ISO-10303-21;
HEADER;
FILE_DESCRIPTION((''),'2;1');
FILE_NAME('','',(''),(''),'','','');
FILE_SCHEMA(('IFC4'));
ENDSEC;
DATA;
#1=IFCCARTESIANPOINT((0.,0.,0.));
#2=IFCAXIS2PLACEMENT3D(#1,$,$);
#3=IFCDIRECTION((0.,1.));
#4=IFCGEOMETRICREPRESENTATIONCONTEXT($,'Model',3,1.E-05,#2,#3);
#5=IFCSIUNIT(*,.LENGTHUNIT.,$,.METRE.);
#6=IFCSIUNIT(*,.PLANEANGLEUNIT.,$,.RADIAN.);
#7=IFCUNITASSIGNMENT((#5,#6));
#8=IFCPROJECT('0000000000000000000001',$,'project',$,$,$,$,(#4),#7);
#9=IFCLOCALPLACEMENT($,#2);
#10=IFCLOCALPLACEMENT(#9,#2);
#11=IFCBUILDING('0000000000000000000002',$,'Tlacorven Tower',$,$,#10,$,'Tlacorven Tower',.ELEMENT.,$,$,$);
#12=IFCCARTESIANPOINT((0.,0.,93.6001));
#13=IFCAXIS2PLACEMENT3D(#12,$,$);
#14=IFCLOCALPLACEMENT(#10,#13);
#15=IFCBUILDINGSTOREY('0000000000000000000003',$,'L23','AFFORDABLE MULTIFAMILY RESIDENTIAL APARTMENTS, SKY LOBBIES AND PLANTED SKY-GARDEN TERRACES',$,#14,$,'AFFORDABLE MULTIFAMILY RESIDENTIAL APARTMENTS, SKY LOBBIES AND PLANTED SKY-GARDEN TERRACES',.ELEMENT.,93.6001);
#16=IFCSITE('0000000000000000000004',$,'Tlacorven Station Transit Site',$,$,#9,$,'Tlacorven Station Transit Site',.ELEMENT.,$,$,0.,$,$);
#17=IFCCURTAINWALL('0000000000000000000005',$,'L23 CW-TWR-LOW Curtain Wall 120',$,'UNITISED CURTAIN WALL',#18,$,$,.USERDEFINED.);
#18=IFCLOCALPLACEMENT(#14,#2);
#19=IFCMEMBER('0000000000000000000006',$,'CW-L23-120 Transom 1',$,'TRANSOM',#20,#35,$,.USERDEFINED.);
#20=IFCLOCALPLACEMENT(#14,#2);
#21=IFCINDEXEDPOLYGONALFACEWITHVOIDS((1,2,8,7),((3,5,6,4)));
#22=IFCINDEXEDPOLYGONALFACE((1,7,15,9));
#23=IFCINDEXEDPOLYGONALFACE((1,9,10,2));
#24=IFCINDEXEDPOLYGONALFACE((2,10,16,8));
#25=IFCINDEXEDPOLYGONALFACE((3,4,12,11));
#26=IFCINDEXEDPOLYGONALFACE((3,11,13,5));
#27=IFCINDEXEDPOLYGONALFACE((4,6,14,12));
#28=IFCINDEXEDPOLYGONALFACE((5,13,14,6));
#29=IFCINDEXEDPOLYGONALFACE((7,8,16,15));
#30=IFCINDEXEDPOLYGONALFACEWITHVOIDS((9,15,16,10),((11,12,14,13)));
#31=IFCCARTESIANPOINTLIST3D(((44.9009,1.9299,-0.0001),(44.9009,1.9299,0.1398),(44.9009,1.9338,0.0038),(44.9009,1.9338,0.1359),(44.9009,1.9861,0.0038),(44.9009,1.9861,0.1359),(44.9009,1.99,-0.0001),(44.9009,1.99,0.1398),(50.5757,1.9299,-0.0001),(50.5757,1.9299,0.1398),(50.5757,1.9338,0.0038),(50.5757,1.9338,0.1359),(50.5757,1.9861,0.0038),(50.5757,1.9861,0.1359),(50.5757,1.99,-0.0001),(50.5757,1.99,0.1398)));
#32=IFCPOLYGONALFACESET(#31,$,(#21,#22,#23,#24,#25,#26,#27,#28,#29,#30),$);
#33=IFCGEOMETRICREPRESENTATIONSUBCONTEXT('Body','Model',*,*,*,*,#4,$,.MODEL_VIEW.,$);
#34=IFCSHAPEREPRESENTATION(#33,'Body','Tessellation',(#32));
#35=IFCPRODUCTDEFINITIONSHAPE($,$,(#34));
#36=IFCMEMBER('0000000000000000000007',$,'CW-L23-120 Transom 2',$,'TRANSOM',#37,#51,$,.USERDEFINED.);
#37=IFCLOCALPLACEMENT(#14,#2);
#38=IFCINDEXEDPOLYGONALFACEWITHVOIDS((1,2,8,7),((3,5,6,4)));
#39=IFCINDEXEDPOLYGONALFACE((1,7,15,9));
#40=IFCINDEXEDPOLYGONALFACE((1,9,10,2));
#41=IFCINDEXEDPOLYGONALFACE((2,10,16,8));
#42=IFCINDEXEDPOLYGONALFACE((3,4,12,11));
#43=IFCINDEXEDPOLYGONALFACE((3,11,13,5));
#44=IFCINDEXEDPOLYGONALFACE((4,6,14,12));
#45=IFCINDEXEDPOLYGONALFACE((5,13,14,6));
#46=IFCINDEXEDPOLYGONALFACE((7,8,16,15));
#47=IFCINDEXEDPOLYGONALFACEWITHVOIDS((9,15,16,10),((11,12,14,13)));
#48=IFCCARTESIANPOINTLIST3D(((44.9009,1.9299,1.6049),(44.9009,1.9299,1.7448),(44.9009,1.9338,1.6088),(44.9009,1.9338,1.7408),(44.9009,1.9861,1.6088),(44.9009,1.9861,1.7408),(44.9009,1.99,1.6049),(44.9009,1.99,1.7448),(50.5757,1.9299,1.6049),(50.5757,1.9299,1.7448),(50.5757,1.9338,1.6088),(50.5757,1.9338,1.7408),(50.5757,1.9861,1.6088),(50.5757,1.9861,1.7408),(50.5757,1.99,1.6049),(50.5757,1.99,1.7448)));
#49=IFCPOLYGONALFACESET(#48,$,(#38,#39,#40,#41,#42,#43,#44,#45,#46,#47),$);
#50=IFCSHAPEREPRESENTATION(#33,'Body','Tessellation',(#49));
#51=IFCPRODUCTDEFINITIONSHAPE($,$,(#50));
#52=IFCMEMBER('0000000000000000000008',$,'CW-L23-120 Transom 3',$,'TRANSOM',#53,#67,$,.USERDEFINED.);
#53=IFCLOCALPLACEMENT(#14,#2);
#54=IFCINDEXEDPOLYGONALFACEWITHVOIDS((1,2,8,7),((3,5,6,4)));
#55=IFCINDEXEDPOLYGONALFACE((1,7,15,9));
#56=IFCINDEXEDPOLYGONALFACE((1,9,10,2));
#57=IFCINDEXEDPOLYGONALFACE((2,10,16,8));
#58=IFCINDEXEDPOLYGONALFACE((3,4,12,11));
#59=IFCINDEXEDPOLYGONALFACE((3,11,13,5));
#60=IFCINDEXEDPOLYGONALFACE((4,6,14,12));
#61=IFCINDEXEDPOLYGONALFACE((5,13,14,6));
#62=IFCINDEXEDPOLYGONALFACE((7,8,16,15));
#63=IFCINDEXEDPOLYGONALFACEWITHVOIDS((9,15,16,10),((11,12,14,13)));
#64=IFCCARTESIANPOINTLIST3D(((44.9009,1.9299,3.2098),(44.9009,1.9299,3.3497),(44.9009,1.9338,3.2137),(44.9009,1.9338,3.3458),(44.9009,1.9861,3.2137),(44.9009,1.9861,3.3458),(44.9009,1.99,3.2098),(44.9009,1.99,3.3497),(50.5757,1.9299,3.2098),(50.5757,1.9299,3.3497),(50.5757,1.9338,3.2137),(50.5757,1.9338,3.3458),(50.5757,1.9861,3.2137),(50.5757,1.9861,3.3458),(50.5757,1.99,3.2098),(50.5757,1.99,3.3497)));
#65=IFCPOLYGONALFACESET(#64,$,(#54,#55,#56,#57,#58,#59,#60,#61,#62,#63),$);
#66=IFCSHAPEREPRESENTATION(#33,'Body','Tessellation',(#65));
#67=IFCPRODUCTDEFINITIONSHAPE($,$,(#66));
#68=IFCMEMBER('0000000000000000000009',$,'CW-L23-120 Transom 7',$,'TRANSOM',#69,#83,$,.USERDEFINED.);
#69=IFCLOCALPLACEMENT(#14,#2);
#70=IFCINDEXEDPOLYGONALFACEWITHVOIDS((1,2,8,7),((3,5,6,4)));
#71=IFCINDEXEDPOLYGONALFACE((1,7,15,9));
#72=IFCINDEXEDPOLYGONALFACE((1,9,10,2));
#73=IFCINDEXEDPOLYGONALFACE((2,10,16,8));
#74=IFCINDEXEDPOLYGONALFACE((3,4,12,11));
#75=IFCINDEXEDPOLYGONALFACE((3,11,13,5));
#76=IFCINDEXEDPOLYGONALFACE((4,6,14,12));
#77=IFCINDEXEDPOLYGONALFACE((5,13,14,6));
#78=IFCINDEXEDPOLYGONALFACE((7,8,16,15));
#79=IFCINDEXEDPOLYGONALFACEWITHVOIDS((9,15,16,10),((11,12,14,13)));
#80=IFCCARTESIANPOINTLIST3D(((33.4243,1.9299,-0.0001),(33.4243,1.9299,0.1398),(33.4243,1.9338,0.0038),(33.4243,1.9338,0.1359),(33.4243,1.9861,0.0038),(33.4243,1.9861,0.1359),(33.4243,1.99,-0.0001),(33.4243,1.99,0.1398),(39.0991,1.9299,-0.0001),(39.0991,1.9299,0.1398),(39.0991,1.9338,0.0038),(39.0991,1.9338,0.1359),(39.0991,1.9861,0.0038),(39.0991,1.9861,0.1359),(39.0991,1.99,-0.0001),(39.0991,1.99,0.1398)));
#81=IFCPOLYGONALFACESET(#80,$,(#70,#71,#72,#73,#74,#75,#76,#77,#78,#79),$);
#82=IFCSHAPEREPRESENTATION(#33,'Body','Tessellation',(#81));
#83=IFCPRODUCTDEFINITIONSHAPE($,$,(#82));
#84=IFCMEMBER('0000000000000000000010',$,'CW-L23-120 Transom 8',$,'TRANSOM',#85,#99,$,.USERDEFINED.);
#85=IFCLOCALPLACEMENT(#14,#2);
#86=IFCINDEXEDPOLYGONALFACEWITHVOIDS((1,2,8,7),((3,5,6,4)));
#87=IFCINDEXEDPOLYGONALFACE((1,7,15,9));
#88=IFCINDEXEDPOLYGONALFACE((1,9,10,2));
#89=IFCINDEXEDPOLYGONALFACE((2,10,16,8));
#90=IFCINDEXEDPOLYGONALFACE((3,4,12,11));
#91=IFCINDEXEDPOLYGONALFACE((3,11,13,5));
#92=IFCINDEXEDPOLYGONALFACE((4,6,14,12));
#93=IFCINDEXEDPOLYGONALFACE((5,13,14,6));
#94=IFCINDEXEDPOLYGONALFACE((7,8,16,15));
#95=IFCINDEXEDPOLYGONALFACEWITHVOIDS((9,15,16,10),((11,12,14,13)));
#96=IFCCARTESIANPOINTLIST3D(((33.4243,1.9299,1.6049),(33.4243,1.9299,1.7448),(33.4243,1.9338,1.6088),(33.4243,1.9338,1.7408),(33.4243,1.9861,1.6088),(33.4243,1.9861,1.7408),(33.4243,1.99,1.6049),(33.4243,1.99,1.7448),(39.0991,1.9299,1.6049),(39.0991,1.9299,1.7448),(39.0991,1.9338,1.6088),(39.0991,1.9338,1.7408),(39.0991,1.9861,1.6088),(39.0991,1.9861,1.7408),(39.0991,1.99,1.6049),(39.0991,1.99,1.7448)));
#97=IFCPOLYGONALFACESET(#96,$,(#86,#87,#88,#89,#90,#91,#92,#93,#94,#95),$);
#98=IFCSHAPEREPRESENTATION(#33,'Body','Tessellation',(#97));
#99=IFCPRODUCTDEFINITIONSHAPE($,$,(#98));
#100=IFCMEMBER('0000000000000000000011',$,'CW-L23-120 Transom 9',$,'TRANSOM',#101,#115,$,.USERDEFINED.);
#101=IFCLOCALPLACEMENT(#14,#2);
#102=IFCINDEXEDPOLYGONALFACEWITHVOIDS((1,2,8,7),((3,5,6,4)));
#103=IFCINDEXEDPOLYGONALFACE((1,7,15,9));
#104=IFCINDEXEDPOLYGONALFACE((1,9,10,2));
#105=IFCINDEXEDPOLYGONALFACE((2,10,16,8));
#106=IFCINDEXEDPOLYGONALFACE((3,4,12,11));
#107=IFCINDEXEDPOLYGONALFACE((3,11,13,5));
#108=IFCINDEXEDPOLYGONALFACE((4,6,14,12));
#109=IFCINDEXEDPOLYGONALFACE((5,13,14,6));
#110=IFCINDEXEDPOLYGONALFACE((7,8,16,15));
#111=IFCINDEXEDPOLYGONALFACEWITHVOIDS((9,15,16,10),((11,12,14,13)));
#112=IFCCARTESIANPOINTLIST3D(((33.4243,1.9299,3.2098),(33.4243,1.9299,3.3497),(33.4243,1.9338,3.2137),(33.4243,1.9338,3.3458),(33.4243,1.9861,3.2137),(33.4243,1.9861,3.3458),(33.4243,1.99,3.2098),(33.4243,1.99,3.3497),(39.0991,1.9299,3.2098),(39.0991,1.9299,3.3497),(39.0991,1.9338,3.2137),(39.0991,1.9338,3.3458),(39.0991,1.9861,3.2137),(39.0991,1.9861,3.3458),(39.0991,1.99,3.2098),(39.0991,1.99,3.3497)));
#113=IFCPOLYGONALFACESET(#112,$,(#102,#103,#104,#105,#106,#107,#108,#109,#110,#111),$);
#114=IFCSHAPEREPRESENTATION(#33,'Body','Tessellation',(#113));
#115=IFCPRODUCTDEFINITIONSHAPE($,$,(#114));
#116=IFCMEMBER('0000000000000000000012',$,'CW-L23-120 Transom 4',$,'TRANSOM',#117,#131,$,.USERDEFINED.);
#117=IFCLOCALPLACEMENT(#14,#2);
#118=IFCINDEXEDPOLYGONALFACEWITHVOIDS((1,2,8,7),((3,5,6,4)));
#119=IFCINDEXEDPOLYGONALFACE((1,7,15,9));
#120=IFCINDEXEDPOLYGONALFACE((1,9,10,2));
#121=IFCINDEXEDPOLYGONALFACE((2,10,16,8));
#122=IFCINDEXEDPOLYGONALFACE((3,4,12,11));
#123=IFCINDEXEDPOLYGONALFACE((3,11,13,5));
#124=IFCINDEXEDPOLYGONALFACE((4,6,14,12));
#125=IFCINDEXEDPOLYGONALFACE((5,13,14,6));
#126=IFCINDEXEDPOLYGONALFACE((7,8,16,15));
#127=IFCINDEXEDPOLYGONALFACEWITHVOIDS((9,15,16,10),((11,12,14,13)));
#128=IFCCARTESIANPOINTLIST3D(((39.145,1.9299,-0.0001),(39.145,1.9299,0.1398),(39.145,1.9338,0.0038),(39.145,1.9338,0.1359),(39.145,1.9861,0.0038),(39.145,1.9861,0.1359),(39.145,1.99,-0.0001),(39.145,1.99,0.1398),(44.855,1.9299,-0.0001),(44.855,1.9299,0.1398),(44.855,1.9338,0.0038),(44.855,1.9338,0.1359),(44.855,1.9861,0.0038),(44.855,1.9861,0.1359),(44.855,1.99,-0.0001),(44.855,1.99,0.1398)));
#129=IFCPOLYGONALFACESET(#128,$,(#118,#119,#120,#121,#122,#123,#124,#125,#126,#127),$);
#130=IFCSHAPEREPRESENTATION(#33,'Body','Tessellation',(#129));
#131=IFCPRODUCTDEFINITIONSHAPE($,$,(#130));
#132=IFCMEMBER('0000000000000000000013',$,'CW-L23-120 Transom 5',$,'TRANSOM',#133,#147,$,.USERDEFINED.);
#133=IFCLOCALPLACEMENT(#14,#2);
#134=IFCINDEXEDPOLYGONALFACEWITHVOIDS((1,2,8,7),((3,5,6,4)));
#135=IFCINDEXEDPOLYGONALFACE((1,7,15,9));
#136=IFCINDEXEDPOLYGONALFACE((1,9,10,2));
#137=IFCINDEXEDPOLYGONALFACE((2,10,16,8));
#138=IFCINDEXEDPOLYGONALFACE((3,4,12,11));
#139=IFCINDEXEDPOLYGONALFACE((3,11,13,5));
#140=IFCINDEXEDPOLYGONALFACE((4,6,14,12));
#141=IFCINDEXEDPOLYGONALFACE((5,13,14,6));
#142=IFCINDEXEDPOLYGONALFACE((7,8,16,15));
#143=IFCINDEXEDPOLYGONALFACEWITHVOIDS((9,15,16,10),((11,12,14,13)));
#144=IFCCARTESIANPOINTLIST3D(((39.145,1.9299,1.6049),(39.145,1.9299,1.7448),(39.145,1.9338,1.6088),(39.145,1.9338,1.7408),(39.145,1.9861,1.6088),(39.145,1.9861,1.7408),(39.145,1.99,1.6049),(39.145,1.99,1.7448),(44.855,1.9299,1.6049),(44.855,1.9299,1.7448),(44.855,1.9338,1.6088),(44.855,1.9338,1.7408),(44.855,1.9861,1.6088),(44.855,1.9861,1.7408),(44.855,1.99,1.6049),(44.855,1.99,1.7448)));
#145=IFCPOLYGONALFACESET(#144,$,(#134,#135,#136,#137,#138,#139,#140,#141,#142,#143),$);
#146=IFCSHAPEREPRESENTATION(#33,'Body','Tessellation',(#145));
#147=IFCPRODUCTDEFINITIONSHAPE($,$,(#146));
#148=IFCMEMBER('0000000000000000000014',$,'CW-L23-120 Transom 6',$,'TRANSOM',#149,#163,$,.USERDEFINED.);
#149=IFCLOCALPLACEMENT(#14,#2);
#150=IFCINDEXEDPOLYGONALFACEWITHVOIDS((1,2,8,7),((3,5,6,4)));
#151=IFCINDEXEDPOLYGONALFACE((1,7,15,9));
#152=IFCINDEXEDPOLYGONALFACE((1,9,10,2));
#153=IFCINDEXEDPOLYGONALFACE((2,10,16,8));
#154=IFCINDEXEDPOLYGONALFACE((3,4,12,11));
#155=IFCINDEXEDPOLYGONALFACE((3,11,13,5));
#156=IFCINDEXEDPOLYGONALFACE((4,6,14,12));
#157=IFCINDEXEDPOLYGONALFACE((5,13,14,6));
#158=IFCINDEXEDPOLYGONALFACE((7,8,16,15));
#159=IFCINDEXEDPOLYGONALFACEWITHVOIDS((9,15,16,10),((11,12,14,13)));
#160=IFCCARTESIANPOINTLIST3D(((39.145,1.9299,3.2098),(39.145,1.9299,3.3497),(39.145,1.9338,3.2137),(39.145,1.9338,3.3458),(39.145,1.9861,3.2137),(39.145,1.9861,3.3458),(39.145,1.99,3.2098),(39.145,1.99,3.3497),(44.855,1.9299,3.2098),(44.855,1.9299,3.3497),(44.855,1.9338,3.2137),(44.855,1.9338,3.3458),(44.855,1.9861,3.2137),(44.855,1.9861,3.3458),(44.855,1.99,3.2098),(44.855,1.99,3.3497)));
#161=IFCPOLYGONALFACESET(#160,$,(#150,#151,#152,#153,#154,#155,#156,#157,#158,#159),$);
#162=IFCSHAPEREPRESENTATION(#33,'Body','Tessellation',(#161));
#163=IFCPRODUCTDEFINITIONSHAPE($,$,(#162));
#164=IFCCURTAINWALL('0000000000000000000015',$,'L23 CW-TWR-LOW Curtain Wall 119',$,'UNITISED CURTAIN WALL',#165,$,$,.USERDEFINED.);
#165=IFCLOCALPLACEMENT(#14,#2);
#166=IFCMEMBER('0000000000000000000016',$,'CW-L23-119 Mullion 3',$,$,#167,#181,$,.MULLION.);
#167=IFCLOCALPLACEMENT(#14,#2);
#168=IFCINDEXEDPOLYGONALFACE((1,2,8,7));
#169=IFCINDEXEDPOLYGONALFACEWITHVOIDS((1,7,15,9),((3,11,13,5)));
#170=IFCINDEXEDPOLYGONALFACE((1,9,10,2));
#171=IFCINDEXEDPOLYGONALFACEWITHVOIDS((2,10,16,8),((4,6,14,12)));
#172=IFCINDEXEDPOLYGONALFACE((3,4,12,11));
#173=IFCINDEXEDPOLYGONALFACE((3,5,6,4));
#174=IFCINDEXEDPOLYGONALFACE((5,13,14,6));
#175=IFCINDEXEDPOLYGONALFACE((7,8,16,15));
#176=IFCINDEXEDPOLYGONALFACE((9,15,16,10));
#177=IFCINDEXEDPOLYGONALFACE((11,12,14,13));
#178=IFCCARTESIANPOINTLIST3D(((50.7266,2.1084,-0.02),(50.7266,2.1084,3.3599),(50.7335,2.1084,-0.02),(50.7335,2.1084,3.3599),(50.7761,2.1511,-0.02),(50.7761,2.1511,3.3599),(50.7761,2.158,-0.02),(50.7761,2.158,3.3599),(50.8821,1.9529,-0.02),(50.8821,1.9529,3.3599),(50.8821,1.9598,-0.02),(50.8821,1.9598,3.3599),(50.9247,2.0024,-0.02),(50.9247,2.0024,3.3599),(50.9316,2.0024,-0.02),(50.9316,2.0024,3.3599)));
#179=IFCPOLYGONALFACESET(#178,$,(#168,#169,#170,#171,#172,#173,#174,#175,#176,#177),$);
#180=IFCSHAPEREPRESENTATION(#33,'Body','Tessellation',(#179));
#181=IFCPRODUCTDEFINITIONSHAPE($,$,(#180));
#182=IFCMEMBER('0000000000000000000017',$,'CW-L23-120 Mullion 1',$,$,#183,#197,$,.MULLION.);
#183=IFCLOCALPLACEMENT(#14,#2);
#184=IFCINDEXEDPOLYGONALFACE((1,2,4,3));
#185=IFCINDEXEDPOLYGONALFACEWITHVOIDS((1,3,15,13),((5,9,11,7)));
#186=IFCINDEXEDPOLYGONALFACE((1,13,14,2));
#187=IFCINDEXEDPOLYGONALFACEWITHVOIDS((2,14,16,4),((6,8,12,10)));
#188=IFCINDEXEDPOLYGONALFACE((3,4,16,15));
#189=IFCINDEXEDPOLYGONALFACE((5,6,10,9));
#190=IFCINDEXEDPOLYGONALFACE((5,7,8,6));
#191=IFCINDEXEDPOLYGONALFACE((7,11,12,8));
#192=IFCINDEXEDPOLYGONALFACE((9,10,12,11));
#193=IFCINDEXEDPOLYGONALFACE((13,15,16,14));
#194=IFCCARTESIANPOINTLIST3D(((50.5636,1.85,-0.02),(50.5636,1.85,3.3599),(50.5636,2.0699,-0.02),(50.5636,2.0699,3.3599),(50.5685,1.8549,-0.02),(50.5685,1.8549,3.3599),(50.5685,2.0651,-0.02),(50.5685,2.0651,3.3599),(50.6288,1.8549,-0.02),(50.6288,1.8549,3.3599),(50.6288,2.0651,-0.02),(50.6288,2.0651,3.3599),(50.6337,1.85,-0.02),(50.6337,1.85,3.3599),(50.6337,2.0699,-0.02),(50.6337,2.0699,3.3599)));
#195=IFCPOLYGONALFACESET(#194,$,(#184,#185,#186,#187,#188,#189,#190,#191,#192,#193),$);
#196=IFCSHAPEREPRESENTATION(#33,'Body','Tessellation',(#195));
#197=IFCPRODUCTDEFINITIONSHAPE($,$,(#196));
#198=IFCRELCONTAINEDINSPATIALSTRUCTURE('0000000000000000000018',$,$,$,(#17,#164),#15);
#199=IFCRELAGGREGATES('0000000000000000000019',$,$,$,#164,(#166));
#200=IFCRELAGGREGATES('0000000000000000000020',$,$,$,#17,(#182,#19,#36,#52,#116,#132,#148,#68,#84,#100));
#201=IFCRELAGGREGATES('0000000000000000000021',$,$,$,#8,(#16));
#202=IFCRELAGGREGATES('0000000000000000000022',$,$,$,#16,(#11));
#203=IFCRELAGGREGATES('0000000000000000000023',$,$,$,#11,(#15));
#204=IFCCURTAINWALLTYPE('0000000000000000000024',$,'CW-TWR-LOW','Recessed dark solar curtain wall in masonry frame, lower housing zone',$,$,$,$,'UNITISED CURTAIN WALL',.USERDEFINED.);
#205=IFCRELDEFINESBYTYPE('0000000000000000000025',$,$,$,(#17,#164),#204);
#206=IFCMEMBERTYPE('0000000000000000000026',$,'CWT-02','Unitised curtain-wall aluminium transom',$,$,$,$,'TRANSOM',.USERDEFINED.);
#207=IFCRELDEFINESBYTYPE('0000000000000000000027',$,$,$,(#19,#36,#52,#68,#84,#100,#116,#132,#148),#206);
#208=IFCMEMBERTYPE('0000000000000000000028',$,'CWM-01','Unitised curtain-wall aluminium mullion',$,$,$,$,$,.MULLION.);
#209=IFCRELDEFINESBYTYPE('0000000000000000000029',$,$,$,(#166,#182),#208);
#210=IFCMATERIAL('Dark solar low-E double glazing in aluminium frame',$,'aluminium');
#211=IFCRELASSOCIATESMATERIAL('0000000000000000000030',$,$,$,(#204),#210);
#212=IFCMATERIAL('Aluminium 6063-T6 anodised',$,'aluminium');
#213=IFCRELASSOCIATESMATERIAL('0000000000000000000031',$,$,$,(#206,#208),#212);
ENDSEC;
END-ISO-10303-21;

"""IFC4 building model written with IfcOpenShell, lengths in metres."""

from ifc_helpers import new_model, si_unit, direction, frame, origin, origin_2d, place, context, subcontext, project, spatial, hollow_rectangle, extrude, source, transform, mapped, material, material_profile, profile_set, type_object, element, aggregate, save


model = new_model("IFC4")

# Units and contexts
model_context = context("Model", 3, precision=1e-05, world=origin(), true_north=direction((0.0, 1.0)))
body_context = subcontext(model_context, "Body", "Model", "MODEL_VIEW")
ifc_project = project(units=[si_unit("LENGTHUNIT", "METRE"), si_unit("PLANEANGLEUNIT", "RADIAN")], contexts=[model_context])

# Site, building, storey
site_placement = place(None, origin())
site = spatial("IfcSite", under=ifc_project, at=site_placement, Name="Tlacorven Station Transit Site", LongName="Tlacorven Station Transit Site", CompositionType="ELEMENT", RefElevation=0.0)
building_placement = place(site_placement, origin())
building = spatial("IfcBuilding", under=site, at=building_placement, Name="Tlacorven Tower", LongName="Tlacorven Tower", CompositionType="ELEMENT")
storey_placement = place(building_placement, frame((0.0, 0.0, 93.6001)))
storey = spatial("IfcBuildingStorey", under=building, at=storey_placement, Name="L23", Description="AFFORDABLE MULTIFAMILY RESIDENTIAL APARTMENTS, SKY LOBBIES AND PLANTED SKY-GARDEN TERRACES", LongName="AFFORDABLE MULTIFAMILY RESIDENTIAL APARTMENTS, SKY LOBBIES AND PLANTED SKY-GARDEN TERRACES", CompositionType="ELEMENT", Elevation=93.6001)

# Curtain wall, members
ifc_material_1 = material(Name="Dark solar low-E double glazing in aluminium frame", Category="aluminium")
curtain_wall_type = type_object("IfcCurtainWallType", Name="CW-TWR-LOW", Description="Recessed dark solar curtain wall in masonry frame, lower housing zone", ElementType="UNITISED CURTAIN WALL", PredefinedType="USERDEFINED", material=ifc_material_1)
curtain_wall_1_placement = place(storey_placement, origin())
curtain_wall_1 = element("IfcCurtainWall", 1, at=curtain_wall_1_placement, inside=storey, type_object=curtain_wall_type, Name="L23 CW-TWR-LOW Curtain Wall 120", ObjectType="UNITISED CURTAIN WALL", PredefinedType="USERDEFINED")
ifc_material_2 = material(Name="Aluminium 6063-T6 anodised", Category="aluminium")
ifc_material_profile_1 = material_profile(ifc_material_2, hollow_rectangle(XDim=0.0601, YDim=0.1399, WallThickness=0.0039, at=origin_2d()), Name="ALU TRANSOM 60X140")
ifc_profile_set_1 = profile_set([ifc_material_profile_1], Name="Aluminium 6063-T6 anodised")
member_type_1 = type_object("IfcMemberType", Name="CWT-02", Description="Unitised curtain-wall aluminium transom", ElementType="TRANSOM", PredefinedType="USERDEFINED", material=ifc_profile_set_1)
shared_shape_1 = source(origin(), body_context, "Body", "SweptSolid", [
    extrude(hollow_rectangle(XDim=0.0601, YDim=0.1399, WallThickness=0.0039, at=origin_2d()), origin(), (0.0, 0.0, 1.0), 5.6748),
])
member_1_placement = place(storey_placement, frame((50.5757, 1.96, 0.0698), z_axis=(-1.0, 0.0, 0.0), x_axis=(0.0, -1.0, 0.0)))
member_1 = element("IfcMember", 2, at=member_1_placement, type_object=member_type_1, Name="CW-L23-120 Transom 1", ObjectType="TRANSOM", PredefinedType="USERDEFINED", context=body_context, shape_type="MappedRepresentation", body=[
    mapped(shared_shape_1, transform((0.0, 0.0, 0.0), scale=1.0)),
])
member_2_placement = place(storey_placement, frame((50.5757, 1.96, 1.6748), z_axis=(-1.0, 0.0, 0.0), x_axis=(0.0, -1.0, 0.0)))
member_2 = element("IfcMember", 3, at=member_2_placement, type_object=member_type_1, Name="CW-L23-120 Transom 2", ObjectType="TRANSOM", PredefinedType="USERDEFINED", context=body_context, shape_type="MappedRepresentation", body=[
    mapped(shared_shape_1, transform((0.0, 0.0, 0.0), scale=1.0)),
])
member_3_placement = place(storey_placement, frame((50.5757, 1.96, 3.2798), z_axis=(-1.0, 0.0, 0.0), x_axis=(0.0, -1.0, 0.0)))
member_3 = element("IfcMember", 4, at=member_3_placement, type_object=member_type_1, Name="CW-L23-120 Transom 3", ObjectType="TRANSOM", PredefinedType="USERDEFINED", context=body_context, shape_type="MappedRepresentation", body=[
    mapped(shared_shape_1, transform((0.0, 0.0, 0.0), scale=1.0)),
])
member_4_placement = place(storey_placement, frame((39.0991, 1.96, 0.0698), z_axis=(-1.0, 0.0, 0.0), x_axis=(0.0, -1.0, 0.0)))
member_4 = element("IfcMember", 5, at=member_4_placement, type_object=member_type_1, Name="CW-L23-120 Transom 7", ObjectType="TRANSOM", PredefinedType="USERDEFINED", context=body_context, shape_type="MappedRepresentation", body=[
    mapped(shared_shape_1, transform((0.0, 0.0, 0.0), scale=1.0)),
])
member_5_placement = place(storey_placement, frame((39.0991, 1.96, 1.6748), z_axis=(-1.0, 0.0, 0.0), x_axis=(0.0, -1.0, 0.0)))
member_5 = element("IfcMember", 6, at=member_5_placement, type_object=member_type_1, Name="CW-L23-120 Transom 8", ObjectType="TRANSOM", PredefinedType="USERDEFINED", context=body_context, shape_type="MappedRepresentation", body=[
    mapped(shared_shape_1, transform((0.0, 0.0, 0.0), scale=1.0)),
])
member_6_placement = place(storey_placement, frame((39.0991, 1.96, 3.2798), z_axis=(-1.0, 0.0, 0.0), x_axis=(0.0, -1.0, 0.0)))
member_6 = element("IfcMember", 7, at=member_6_placement, type_object=member_type_1, Name="CW-L23-120 Transom 9", ObjectType="TRANSOM", PredefinedType="USERDEFINED", context=body_context, shape_type="MappedRepresentation", body=[
    mapped(shared_shape_1, transform((0.0, 0.0, 0.0), scale=1.0)),
])
shared_shape_2 = source(origin(), body_context, "Body", "SweptSolid", [
    extrude(hollow_rectangle(XDim=0.0601, YDim=0.1399, WallThickness=0.0039, at=origin_2d()), origin(), (0.0, 0.0, 1.0), 5.71),
])
member_7_placement = place(storey_placement, frame((44.855, 1.96, 0.0698), z_axis=(-1.0, 0.0, 0.0), x_axis=(0.0, -1.0, 0.0)))
member_7 = element("IfcMember", 8, at=member_7_placement, type_object=member_type_1, Name="CW-L23-120 Transom 4", ObjectType="TRANSOM", PredefinedType="USERDEFINED", context=body_context, shape_type="MappedRepresentation", body=[
    mapped(shared_shape_2, transform((0.0, 0.0, 0.0), scale=1.0)),
])
member_8_placement = place(storey_placement, frame((44.855, 1.96, 1.6748), z_axis=(-1.0, 0.0, 0.0), x_axis=(0.0, -1.0, 0.0)))
member_8 = element("IfcMember", 9, at=member_8_placement, type_object=member_type_1, Name="CW-L23-120 Transom 5", ObjectType="TRANSOM", PredefinedType="USERDEFINED", context=body_context, shape_type="MappedRepresentation", body=[
    mapped(shared_shape_2, transform((0.0, 0.0, 0.0), scale=1.0)),
])
member_9_placement = place(storey_placement, frame((44.855, 1.96, 3.2798), z_axis=(-1.0, 0.0, 0.0), x_axis=(0.0, -1.0, 0.0)))
member_9 = element("IfcMember", 10, at=member_9_placement, type_object=member_type_1, Name="CW-L23-120 Transom 6", ObjectType="TRANSOM", PredefinedType="USERDEFINED", context=body_context, shape_type="MappedRepresentation", body=[
    mapped(shared_shape_2, transform((0.0, 0.0, 0.0), scale=1.0)),
])

# Curtain wall, member
curtain_wall_2_placement = place(storey_placement, origin())
curtain_wall_2 = element("IfcCurtainWall", 11, at=curtain_wall_2_placement, inside=storey, type_object=curtain_wall_type, Name="L23 CW-TWR-LOW Curtain Wall 119", ObjectType="UNITISED CURTAIN WALL", PredefinedType="USERDEFINED")
ifc_material_profile_2 = material_profile(ifc_material_2, hollow_rectangle(XDim=0.0701, YDim=0.22, WallThickness=0.0049, at=origin_2d()), Name="ALU MULLION 70X220")
ifc_profile_set_2 = profile_set([ifc_material_profile_2], Name="Aluminium 6063-T6 anodised")
member_type_2 = type_object("IfcMemberType", Name="CWM-01", Description="Unitised curtain-wall aluminium mullion", PredefinedType="MULLION", material=ifc_profile_set_2)
shared_shape_3 = source(origin(), body_context, "Body", "SweptSolid", [
    extrude(hollow_rectangle(XDim=0.0701, YDim=0.22, WallThickness=0.0049, at=origin_2d()), origin(), (0.0, 0.0, 1.0), 3.3799),
])
member_10_placement = place(storey_placement, frame((50.8291, 2.0554, -0.02), z_axis=(0.0, 0.0, 1.0), x_axis=(-0.707107, -0.707107, 0.0)))
member_10 = element("IfcMember", 12, at=member_10_placement, type_object=member_type_2, Name="CW-L23-119 Mullion 3", PredefinedType="MULLION", context=body_context, shape_type="MappedRepresentation", body=[
    mapped(shared_shape_3, transform((0.0, 0.0, 0.0), scale=1.0)),
])
aggregate(curtain_wall_2, [member_10])

# Member
member_11_placement = place(storey_placement, frame((50.5986, 1.96, -0.02), z_axis=(0.0, 0.0, 1.0), x_axis=(-1.0, 0.0, 0.0)))
member_11 = element("IfcMember", 13, at=member_11_placement, type_object=member_type_2, Name="CW-L23-120 Mullion 1", PredefinedType="MULLION", context=body_context, shape_type="MappedRepresentation", body=[
    mapped(shared_shape_3, transform((0.0, 0.0, 0.0), scale=1.0)),
])

aggregate(curtain_wall_1, [member_11, member_1, member_2, member_3, member_7, member_8, member_9, member_4, member_5, member_6])

save(model, "model.ifc")
